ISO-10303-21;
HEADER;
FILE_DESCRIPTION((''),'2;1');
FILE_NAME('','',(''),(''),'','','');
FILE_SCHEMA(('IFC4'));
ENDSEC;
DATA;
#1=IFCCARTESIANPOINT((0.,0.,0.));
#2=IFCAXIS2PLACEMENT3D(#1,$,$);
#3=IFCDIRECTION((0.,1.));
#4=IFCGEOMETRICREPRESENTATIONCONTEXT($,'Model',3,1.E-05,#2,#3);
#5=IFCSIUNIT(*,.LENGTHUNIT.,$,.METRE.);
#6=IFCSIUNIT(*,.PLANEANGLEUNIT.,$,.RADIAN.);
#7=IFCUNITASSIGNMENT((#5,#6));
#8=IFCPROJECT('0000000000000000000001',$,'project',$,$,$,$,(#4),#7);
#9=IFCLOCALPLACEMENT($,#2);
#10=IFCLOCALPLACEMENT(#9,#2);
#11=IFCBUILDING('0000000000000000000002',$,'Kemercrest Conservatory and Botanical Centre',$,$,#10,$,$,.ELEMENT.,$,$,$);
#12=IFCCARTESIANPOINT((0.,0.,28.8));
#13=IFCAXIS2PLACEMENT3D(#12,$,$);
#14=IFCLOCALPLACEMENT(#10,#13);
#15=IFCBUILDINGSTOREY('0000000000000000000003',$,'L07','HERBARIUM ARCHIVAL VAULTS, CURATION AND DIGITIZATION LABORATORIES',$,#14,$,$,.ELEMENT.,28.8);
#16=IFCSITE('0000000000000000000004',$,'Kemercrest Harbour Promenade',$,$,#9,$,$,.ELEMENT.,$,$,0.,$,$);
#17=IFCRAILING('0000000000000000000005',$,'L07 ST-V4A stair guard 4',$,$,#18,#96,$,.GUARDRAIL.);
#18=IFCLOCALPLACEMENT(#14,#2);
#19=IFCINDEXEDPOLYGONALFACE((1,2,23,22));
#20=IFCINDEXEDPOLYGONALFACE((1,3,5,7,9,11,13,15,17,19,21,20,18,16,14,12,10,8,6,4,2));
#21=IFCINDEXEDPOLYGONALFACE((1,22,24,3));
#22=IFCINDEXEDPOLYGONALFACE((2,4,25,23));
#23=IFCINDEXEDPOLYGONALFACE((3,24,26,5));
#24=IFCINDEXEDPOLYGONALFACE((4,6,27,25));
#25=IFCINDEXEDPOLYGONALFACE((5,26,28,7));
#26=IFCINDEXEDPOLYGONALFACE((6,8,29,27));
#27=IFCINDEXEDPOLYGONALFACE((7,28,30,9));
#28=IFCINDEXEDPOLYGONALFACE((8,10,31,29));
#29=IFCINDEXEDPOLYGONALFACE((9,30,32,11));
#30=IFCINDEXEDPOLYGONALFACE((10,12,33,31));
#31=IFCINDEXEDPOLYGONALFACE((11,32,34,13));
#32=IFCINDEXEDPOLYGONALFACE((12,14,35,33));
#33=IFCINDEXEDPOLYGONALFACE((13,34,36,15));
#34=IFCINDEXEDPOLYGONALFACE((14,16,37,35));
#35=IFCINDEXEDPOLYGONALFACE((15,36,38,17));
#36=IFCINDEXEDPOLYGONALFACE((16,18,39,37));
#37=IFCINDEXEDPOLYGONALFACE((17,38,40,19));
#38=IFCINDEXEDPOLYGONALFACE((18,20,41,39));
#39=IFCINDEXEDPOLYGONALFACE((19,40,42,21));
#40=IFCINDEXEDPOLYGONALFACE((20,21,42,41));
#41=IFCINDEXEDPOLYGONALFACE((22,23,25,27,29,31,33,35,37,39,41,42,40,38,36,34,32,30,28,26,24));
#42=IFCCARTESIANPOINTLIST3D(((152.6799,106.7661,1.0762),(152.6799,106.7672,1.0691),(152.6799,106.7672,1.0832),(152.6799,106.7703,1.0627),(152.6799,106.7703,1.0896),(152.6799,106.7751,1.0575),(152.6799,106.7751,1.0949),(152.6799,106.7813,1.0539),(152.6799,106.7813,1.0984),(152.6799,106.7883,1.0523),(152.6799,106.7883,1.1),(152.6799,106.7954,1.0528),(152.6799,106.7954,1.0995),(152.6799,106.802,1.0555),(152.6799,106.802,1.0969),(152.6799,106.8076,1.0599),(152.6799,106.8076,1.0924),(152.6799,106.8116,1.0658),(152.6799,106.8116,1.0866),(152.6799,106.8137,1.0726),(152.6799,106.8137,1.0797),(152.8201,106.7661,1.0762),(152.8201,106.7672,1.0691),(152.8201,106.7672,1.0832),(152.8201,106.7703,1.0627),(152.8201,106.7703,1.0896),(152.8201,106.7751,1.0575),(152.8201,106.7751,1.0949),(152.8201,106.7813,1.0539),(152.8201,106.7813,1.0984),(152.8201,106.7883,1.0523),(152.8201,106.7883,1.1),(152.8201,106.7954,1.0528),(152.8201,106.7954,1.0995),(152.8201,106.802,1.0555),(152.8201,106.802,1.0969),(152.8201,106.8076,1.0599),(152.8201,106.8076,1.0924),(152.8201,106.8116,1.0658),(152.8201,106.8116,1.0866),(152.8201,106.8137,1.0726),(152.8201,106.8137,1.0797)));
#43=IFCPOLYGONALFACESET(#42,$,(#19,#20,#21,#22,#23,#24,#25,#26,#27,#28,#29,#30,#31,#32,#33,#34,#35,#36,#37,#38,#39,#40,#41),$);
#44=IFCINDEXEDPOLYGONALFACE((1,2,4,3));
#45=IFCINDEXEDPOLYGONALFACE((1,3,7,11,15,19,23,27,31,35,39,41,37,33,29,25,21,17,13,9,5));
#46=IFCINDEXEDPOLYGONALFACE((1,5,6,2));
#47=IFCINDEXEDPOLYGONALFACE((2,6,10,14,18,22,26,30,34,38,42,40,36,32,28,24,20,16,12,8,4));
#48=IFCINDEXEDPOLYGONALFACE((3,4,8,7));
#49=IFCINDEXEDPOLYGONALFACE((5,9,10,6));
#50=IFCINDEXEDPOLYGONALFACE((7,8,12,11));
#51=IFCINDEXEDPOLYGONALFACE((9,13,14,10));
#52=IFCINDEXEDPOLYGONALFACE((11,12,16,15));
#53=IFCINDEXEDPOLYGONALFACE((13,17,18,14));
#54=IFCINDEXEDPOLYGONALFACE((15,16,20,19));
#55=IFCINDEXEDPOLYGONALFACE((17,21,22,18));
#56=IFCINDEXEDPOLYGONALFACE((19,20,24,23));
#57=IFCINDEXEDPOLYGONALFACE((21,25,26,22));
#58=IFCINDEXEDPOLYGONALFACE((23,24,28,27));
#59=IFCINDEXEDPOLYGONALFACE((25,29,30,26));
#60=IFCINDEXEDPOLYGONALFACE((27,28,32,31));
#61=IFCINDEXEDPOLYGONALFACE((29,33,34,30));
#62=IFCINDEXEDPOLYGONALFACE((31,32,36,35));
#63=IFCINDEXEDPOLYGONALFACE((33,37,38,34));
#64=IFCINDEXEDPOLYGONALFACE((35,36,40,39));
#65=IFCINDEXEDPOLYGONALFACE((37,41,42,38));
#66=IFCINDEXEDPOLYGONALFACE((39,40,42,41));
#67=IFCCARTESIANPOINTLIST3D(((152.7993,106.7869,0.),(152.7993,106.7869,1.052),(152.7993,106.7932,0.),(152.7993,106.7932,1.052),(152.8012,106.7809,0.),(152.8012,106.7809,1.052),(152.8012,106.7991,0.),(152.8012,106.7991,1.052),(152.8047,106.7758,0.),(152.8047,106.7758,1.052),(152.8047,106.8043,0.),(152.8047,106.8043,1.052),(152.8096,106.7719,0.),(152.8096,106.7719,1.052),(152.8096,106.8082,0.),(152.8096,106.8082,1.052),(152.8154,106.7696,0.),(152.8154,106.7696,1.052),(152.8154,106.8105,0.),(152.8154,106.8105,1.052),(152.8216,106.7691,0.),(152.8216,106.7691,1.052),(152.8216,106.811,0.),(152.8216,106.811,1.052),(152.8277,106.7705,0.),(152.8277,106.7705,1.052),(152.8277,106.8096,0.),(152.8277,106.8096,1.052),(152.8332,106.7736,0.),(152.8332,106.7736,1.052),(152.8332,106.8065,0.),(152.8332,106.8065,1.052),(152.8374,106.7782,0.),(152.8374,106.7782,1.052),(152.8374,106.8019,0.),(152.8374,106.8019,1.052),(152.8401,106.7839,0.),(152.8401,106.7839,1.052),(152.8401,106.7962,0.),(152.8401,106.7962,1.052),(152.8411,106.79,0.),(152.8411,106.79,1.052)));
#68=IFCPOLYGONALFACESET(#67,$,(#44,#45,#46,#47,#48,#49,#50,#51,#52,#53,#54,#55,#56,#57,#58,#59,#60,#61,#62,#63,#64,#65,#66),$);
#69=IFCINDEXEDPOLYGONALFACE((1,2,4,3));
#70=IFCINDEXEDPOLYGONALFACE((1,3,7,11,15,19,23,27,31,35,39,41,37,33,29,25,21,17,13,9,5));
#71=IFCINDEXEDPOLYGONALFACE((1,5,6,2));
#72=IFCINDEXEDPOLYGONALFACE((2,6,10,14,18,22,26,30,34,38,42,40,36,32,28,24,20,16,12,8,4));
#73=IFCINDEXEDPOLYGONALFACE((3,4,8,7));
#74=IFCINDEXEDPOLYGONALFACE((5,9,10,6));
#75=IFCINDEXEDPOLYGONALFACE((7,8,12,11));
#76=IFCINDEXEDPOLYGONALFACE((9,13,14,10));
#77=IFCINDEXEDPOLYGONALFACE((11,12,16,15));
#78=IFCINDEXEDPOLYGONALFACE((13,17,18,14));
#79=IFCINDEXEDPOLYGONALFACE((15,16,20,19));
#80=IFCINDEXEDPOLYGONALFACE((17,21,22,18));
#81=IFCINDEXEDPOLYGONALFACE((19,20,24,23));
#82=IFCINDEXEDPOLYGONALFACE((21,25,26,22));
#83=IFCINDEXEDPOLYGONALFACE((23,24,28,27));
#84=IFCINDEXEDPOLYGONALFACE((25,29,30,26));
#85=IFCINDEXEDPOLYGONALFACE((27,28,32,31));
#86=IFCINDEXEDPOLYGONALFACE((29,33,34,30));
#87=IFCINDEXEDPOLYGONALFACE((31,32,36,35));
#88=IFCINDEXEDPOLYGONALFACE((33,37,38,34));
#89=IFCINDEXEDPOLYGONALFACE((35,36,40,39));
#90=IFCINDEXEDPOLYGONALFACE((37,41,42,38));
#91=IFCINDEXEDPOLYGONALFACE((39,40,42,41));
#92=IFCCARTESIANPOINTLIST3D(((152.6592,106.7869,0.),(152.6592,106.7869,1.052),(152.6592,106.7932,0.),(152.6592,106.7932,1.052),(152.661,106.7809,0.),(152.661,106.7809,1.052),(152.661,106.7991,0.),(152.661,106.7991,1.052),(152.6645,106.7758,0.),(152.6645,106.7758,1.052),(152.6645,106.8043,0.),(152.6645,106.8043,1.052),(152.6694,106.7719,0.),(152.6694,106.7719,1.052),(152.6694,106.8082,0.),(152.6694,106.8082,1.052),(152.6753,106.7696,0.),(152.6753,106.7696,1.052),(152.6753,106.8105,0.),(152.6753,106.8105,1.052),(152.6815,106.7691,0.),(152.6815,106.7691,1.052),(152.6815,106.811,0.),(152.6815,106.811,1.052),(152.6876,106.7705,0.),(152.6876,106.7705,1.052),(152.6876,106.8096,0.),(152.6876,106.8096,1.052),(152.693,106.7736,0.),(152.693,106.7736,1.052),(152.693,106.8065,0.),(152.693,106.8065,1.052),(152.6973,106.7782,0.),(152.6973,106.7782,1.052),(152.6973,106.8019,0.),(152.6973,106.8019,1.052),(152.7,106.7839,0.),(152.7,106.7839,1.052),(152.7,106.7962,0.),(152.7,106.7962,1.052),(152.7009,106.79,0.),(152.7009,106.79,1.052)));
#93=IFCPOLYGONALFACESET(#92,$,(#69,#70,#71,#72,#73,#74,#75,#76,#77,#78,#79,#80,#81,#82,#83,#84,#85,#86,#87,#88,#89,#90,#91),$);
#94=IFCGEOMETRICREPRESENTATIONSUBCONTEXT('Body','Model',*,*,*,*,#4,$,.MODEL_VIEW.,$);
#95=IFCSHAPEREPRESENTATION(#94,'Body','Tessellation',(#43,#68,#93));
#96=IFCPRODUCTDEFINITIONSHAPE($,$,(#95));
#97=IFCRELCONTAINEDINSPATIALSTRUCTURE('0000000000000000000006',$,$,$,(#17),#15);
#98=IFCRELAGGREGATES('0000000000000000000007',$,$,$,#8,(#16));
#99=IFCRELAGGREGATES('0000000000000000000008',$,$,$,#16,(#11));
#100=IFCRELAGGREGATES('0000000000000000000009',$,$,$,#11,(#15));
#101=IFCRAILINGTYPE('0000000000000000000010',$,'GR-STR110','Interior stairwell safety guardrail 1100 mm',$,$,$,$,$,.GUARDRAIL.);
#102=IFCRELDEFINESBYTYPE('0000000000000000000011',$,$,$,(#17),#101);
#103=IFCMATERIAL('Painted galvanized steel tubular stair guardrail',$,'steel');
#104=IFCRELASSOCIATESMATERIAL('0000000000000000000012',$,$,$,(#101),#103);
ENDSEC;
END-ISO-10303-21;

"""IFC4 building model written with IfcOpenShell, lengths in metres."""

from ifc_helpers import new_model, si_unit, direction, frame, origin, origin_2d, place, context, subcontext, project, spatial, circle, extrude, material, type_object, element, save


model = new_model("IFC4")

# Units and contexts
model_context = context("Model", 3, precision=1e-05, world=origin(), true_north=direction((0.0, 1.0)))
body_context = subcontext(model_context, "Body", "Model", "MODEL_VIEW")
ifc_project = project(units=[si_unit("LENGTHUNIT", "METRE"), si_unit("PLANEANGLEUNIT", "RADIAN")], contexts=[model_context])

# Site, building, storey
site_placement = place(None, origin())
site = spatial("IfcSite", under=ifc_project, at=site_placement, Name="Kemercrest Harbour Promenade", CompositionType="ELEMENT", RefElevation=0.0)
building_placement = place(site_placement, origin())
building = spatial("IfcBuilding", under=site, at=building_placement, Name="Kemercrest Conservatory and Botanical Centre", CompositionType="ELEMENT")
storey_placement = place(building_placement, frame((0.0, 0.0, 28.8)))
storey = spatial("IfcBuildingStorey", under=building, at=storey_placement, Name="L07", Description="HERBARIUM ARCHIVAL VAULTS, CURATION AND DIGITIZATION LABORATORIES", CompositionType="ELEMENT", Elevation=28.8)

# Railing
ifc_material_1 = material(Name="Painted galvanized steel tubular stair guardrail", Category="steel")
railing_type_1 = type_object("IfcRailingType", Name="GR-STR110", Description="Interior stairwell safety guardrail 1100 mm", PredefinedType="GUARDRAIL", material=ifc_material_1)
railing_1_placement = place(storey_placement, frame((152.8201, 106.79, 0.0)))
element("IfcRailing", 1, at=railing_1_placement, inside=storey, type_object=railing_type_1, Name="L07 ST-V4A stair guard 4", PredefinedType="GUARDRAIL", context=body_context, shape_type="SweptSolid", body=[
    extrude(circle(Radius=0.0239, at=origin_2d()), frame((0.0, 0.0, 1.0762), z_axis=(-1.0, 0.0, 0.0), x_axis=(0.0, -1.0, 0.0)), (0.0, 0.0, 1.0), 0.1401),
    extrude(circle(Radius=0.021, at=origin_2d()), origin(), (0.0, 0.0, 1.0), 1.052),
    extrude(circle(Radius=0.021, at=origin_2d()), frame((-0.1401, 0.0, 0.0)), (0.0, 0.0, 1.0), 1.052),
])

save(model, "model.ifc")
